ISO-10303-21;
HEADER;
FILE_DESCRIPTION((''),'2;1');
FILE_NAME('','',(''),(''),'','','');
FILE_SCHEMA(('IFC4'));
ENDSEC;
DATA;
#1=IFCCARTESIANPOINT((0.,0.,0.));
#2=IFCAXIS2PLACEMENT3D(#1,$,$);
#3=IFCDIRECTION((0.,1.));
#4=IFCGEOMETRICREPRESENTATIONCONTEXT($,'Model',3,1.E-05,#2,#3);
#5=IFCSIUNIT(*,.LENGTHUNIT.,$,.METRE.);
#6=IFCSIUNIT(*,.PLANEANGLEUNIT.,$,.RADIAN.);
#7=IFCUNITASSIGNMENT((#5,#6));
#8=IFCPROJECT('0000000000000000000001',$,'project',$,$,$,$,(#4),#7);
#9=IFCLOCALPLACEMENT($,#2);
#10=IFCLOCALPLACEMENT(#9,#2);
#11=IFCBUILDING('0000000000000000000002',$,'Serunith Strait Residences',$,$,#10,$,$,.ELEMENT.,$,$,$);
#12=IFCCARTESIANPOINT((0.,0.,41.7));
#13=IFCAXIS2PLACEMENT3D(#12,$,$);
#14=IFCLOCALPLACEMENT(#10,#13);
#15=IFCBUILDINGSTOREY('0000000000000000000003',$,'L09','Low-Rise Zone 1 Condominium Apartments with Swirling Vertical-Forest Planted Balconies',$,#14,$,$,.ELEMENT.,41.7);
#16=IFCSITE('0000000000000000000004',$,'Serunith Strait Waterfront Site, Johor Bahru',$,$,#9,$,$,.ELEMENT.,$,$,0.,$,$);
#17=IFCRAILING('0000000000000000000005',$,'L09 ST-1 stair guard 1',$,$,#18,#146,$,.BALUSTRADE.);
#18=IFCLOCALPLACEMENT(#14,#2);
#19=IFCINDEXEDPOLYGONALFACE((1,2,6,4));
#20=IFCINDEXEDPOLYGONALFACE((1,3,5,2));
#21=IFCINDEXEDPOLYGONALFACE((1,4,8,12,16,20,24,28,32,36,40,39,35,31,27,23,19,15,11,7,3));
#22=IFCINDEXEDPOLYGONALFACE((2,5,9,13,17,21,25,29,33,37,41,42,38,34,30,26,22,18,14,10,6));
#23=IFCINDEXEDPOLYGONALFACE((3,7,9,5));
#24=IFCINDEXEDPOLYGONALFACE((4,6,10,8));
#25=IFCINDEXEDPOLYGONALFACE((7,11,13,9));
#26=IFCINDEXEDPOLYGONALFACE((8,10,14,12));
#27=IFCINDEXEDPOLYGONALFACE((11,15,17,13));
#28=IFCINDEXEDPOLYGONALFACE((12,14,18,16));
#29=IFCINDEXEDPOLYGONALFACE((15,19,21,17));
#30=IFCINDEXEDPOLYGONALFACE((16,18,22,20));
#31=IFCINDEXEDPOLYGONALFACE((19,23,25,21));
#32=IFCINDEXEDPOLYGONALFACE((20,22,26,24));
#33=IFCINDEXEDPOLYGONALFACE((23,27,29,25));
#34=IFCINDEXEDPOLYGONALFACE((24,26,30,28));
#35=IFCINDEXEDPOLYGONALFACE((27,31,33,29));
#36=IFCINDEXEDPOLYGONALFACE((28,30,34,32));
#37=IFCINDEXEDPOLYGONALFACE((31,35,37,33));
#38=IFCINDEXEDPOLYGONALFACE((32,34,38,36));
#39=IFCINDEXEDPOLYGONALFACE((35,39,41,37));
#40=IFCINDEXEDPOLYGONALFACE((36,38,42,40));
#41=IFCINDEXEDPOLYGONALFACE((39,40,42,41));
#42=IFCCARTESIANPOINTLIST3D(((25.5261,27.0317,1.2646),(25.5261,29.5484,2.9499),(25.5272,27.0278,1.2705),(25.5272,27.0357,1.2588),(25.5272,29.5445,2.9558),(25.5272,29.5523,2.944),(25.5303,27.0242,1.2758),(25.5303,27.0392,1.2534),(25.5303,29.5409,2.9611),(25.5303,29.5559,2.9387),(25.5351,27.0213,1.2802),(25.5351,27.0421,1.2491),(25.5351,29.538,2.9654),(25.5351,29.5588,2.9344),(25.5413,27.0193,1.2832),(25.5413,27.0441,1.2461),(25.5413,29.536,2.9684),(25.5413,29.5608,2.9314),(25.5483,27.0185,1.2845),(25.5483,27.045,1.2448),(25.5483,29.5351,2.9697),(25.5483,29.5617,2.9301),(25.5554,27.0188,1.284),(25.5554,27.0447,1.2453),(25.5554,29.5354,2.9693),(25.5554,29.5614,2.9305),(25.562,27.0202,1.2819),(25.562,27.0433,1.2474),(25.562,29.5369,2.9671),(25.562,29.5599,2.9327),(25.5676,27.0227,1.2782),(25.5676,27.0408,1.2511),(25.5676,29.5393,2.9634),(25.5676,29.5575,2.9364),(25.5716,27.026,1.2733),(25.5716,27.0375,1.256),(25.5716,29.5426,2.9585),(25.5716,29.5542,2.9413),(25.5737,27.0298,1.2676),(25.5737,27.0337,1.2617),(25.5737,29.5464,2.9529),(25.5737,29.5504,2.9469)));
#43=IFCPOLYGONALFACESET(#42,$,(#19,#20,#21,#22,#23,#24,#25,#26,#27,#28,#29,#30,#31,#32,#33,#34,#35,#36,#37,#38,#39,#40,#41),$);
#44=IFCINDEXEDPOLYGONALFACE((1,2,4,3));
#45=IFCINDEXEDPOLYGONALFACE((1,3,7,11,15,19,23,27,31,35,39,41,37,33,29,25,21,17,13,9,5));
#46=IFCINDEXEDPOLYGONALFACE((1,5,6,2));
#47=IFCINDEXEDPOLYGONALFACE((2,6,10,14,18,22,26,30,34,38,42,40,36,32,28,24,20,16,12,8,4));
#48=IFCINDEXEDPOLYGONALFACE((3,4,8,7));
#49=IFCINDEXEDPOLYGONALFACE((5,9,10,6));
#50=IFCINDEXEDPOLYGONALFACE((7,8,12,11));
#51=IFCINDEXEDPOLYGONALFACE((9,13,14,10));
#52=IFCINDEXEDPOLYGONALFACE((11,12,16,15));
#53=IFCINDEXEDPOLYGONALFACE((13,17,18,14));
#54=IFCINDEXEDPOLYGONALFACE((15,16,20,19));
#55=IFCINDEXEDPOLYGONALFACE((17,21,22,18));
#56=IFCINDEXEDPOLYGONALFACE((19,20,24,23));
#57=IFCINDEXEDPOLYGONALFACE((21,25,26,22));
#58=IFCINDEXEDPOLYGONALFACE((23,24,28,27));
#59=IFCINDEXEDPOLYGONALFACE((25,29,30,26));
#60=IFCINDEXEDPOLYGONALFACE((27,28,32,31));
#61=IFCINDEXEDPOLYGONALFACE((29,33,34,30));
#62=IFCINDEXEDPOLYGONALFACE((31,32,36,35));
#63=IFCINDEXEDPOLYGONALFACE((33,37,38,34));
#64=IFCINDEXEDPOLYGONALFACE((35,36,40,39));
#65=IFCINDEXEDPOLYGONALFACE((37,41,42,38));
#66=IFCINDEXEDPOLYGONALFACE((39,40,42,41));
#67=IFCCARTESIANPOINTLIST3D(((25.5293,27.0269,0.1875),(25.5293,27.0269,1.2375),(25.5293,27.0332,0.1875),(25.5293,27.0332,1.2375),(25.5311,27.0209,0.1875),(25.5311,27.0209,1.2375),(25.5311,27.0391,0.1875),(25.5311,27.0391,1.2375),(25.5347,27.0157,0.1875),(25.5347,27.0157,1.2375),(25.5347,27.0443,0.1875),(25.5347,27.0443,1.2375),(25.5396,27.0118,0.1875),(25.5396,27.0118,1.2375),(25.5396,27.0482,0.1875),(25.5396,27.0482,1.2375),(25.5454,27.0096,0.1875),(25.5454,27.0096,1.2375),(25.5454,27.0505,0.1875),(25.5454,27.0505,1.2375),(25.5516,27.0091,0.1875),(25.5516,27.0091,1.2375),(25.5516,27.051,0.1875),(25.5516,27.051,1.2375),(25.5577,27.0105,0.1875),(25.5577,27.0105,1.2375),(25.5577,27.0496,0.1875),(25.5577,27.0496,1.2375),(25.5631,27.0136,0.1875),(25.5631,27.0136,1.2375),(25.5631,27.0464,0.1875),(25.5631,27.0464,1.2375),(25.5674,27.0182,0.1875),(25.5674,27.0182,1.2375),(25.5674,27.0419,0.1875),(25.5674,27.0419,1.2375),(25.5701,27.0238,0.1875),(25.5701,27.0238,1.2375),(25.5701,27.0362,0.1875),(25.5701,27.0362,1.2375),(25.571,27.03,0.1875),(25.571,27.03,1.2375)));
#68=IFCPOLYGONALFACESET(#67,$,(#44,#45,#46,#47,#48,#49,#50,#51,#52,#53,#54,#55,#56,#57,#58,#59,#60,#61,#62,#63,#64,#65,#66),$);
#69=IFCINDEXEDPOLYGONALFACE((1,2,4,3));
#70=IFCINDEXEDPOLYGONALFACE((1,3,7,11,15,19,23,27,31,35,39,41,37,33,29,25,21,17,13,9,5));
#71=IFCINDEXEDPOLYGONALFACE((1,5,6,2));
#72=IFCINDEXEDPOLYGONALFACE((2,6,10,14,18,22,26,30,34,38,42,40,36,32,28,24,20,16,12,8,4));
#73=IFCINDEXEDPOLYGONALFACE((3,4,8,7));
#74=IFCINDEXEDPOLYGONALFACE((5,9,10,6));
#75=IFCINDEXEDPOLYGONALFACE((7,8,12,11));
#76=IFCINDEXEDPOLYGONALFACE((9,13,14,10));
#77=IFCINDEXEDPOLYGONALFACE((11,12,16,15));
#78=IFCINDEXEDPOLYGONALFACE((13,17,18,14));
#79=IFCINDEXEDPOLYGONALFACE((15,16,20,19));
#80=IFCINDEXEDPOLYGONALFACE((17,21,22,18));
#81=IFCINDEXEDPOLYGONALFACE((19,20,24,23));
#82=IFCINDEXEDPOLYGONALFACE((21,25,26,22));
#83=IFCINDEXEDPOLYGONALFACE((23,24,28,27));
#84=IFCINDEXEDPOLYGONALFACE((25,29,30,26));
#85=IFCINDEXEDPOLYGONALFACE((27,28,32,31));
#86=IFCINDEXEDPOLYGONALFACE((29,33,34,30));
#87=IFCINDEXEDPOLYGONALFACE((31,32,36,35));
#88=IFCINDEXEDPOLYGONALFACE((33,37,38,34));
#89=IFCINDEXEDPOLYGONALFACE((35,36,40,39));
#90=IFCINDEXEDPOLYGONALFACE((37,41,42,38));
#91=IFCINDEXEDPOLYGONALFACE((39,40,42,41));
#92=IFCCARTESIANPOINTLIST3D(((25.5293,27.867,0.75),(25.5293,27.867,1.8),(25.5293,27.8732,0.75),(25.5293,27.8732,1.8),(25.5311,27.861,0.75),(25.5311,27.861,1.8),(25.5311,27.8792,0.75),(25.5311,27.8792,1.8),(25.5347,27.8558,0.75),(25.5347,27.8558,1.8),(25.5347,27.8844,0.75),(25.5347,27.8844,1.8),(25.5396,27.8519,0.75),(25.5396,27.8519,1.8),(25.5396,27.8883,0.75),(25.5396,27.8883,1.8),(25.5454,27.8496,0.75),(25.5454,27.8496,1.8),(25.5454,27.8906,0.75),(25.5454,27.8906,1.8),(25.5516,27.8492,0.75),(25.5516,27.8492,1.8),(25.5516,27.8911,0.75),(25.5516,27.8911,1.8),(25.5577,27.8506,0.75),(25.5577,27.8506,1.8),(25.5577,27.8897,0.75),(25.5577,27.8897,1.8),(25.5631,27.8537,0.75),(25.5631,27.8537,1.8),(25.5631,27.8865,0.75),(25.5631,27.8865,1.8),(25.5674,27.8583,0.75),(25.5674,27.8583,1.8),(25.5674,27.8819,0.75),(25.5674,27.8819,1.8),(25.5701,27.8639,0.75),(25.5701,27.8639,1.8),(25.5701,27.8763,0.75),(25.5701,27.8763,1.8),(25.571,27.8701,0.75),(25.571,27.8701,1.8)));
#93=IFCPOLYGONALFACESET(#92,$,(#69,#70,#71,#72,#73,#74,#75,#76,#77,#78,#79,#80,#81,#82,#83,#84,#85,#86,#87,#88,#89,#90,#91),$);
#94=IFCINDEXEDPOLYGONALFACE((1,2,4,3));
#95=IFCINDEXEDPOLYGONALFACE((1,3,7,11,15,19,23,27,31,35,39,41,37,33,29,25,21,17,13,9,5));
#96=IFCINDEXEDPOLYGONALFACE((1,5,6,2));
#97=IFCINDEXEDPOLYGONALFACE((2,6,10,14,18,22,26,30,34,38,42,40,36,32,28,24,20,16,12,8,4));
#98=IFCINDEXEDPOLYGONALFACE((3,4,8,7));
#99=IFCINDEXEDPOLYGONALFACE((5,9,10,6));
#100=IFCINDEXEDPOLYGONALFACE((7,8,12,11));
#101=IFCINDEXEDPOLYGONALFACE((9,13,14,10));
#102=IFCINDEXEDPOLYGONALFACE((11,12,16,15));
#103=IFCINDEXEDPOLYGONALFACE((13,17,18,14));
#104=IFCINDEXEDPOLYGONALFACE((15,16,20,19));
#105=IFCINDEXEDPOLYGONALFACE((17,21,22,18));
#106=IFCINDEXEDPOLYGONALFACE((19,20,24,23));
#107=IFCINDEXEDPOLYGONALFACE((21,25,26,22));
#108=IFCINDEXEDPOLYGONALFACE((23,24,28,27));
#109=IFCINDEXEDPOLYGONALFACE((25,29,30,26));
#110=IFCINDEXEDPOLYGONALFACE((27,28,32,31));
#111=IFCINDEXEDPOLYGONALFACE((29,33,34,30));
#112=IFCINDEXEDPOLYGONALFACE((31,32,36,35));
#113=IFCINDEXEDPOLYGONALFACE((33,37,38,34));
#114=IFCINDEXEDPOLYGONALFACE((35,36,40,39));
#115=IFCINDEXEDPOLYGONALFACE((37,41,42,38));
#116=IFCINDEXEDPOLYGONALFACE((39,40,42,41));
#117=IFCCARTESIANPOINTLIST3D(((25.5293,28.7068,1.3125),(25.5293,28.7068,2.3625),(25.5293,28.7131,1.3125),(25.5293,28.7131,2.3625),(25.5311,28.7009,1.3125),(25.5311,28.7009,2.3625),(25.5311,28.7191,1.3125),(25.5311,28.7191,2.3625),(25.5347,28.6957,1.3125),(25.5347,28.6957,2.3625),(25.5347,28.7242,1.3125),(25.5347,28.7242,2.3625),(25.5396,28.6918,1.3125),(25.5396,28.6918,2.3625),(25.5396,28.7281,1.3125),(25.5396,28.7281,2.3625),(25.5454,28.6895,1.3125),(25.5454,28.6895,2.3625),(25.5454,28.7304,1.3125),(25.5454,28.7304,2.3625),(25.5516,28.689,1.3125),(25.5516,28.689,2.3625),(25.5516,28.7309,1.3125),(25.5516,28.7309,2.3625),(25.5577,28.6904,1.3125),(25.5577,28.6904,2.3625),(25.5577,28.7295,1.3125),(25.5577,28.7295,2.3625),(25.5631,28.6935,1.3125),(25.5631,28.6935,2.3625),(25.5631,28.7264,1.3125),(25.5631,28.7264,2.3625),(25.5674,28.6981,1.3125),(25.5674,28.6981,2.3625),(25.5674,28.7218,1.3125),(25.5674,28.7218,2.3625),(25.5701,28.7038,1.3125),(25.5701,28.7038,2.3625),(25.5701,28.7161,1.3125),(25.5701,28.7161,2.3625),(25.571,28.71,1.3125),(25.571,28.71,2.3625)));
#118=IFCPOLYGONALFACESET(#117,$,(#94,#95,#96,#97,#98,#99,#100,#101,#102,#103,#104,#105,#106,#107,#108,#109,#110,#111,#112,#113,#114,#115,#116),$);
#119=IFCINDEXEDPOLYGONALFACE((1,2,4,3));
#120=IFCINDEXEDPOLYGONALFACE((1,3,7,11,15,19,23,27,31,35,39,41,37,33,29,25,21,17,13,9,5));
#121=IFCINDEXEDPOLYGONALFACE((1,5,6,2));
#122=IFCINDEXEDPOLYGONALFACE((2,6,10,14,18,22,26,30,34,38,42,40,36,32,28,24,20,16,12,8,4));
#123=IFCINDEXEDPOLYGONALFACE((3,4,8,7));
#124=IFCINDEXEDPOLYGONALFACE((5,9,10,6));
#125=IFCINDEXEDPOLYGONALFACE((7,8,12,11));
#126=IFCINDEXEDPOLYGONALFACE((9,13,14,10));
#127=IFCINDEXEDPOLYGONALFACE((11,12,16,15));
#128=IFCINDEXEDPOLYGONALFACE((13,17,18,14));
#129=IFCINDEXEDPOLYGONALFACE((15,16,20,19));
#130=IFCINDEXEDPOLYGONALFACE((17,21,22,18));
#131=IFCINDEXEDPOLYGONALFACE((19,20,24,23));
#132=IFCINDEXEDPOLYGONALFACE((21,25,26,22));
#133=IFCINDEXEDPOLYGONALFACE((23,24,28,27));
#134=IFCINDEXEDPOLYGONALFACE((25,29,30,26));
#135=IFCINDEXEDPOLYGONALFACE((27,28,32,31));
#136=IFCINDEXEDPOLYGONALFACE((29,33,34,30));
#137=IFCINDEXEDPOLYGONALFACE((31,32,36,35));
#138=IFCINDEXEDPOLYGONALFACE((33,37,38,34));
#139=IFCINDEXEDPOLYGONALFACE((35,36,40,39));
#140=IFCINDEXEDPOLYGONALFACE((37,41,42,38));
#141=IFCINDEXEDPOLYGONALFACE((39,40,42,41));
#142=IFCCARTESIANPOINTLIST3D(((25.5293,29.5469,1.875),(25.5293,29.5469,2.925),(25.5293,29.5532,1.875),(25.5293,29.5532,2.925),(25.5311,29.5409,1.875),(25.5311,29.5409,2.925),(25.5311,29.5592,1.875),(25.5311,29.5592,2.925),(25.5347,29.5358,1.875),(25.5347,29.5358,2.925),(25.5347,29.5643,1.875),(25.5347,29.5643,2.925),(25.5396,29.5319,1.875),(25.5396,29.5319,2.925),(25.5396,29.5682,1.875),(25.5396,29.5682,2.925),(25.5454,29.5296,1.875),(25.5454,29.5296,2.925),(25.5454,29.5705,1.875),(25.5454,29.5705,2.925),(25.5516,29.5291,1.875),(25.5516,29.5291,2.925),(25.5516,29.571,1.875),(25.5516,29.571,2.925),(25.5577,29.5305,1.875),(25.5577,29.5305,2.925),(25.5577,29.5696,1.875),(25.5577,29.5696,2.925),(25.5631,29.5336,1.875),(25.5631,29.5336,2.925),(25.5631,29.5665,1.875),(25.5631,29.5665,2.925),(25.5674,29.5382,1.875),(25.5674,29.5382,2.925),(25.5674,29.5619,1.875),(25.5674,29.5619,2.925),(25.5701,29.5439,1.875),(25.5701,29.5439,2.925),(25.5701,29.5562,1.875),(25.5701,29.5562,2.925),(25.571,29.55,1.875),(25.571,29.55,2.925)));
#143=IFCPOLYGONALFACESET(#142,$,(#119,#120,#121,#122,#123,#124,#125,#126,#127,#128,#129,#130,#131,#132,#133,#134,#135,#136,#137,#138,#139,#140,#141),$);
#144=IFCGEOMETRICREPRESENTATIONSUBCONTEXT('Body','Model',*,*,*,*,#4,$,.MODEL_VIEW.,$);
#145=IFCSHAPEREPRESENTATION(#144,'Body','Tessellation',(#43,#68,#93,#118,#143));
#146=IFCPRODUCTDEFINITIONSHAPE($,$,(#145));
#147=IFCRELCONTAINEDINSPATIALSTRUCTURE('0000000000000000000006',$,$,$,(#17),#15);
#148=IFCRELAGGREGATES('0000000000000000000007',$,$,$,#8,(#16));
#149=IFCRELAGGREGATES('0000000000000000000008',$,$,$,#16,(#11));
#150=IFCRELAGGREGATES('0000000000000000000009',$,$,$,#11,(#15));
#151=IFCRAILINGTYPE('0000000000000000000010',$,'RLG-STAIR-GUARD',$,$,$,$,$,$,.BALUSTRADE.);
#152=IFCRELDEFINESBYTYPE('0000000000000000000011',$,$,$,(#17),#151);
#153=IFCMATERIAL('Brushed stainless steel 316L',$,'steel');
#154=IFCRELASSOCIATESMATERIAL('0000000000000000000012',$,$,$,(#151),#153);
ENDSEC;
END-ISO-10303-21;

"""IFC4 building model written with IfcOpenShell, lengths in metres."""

from ifc_helpers import new_model, si_unit, direction, frame, origin, origin_2d, place, context, subcontext, project, spatial, circle, extrude, material, type_object, element, save


model = new_model("IFC4")

# Units and contexts
model_context = context("Model", 3, precision=1e-05, world=origin(), true_north=direction((0.0, 1.0)))
body_context = subcontext(model_context, "Body", "Model", "MODEL_VIEW")
ifc_project = project(units=[si_unit("LENGTHUNIT", "METRE"), si_unit("PLANEANGLEUNIT", "RADIAN")], contexts=[model_context])

# Site, building, storey
site_placement = place(None, origin())
site = spatial("IfcSite", under=ifc_project, at=site_placement, Name="Serunith Strait Waterfront Site, Johor Bahru", CompositionType="ELEMENT", RefElevation=0.0)
building_placement = place(site_placement, origin())
building = spatial("IfcBuilding", under=site, at=building_placement, Name="Serunith Strait Residences", CompositionType="ELEMENT")
storey_placement = place(building_placement, frame((0.0, 0.0, 41.7)))
storey = spatial("IfcBuildingStorey", under=building, at=storey_placement, Name="L09", Description="Low-Rise Zone 1 Condominium Apartments with Swirling Vertical-Forest Planted Balconies", CompositionType="ELEMENT", Elevation=41.7)

# Railing
ifc_material_1 = material(Name="Brushed stainless steel 316L", Category="steel")
railing_type_1 = type_object("IfcRailingType", Name="RLG-STAIR-GUARD", PredefinedType="BALUSTRADE", material=ifc_material_1)
railing_1_placement = place(storey_placement, frame((25.55, 27.03, 0.1875)))
element("IfcRailing", 1, at=railing_1_placement, inside=storey, type_object=railing_type_1, Name="L09 ST-1 stair guard 1", PredefinedType="BALUSTRADE", context=body_context, shape_type="SweptSolid", body=[
    extrude(circle(Radius=0.0239, at=origin_2d()), frame((0.0, 0.0017, 1.0771), z_axis=(0.0, 0.830909, 0.556408), x_axis=(-1.0, 0.0, 0.0)), (0.0, 0.0, 1.0), 3.0288),
    extrude(circle(Radius=0.021, at=origin_2d()), origin(), (0.0, 0.0, 1.0), 1.05),
    extrude(circle(Radius=0.021, at=origin_2d()), frame((0.0, 0.8401, 0.5625)), (0.0, 0.0, 1.0), 1.05),
    extrude(circle(Radius=0.021, at=origin_2d()), frame((0.0, 1.6799, 1.125)), (0.0, 0.0, 1.0), 1.05),
    extrude(circle(Radius=0.021, at=origin_2d()), frame((0.0, 2.52, 1.6875)), (0.0, 0.0, 1.0), 1.05),
])

save(model, "model.ifc")
